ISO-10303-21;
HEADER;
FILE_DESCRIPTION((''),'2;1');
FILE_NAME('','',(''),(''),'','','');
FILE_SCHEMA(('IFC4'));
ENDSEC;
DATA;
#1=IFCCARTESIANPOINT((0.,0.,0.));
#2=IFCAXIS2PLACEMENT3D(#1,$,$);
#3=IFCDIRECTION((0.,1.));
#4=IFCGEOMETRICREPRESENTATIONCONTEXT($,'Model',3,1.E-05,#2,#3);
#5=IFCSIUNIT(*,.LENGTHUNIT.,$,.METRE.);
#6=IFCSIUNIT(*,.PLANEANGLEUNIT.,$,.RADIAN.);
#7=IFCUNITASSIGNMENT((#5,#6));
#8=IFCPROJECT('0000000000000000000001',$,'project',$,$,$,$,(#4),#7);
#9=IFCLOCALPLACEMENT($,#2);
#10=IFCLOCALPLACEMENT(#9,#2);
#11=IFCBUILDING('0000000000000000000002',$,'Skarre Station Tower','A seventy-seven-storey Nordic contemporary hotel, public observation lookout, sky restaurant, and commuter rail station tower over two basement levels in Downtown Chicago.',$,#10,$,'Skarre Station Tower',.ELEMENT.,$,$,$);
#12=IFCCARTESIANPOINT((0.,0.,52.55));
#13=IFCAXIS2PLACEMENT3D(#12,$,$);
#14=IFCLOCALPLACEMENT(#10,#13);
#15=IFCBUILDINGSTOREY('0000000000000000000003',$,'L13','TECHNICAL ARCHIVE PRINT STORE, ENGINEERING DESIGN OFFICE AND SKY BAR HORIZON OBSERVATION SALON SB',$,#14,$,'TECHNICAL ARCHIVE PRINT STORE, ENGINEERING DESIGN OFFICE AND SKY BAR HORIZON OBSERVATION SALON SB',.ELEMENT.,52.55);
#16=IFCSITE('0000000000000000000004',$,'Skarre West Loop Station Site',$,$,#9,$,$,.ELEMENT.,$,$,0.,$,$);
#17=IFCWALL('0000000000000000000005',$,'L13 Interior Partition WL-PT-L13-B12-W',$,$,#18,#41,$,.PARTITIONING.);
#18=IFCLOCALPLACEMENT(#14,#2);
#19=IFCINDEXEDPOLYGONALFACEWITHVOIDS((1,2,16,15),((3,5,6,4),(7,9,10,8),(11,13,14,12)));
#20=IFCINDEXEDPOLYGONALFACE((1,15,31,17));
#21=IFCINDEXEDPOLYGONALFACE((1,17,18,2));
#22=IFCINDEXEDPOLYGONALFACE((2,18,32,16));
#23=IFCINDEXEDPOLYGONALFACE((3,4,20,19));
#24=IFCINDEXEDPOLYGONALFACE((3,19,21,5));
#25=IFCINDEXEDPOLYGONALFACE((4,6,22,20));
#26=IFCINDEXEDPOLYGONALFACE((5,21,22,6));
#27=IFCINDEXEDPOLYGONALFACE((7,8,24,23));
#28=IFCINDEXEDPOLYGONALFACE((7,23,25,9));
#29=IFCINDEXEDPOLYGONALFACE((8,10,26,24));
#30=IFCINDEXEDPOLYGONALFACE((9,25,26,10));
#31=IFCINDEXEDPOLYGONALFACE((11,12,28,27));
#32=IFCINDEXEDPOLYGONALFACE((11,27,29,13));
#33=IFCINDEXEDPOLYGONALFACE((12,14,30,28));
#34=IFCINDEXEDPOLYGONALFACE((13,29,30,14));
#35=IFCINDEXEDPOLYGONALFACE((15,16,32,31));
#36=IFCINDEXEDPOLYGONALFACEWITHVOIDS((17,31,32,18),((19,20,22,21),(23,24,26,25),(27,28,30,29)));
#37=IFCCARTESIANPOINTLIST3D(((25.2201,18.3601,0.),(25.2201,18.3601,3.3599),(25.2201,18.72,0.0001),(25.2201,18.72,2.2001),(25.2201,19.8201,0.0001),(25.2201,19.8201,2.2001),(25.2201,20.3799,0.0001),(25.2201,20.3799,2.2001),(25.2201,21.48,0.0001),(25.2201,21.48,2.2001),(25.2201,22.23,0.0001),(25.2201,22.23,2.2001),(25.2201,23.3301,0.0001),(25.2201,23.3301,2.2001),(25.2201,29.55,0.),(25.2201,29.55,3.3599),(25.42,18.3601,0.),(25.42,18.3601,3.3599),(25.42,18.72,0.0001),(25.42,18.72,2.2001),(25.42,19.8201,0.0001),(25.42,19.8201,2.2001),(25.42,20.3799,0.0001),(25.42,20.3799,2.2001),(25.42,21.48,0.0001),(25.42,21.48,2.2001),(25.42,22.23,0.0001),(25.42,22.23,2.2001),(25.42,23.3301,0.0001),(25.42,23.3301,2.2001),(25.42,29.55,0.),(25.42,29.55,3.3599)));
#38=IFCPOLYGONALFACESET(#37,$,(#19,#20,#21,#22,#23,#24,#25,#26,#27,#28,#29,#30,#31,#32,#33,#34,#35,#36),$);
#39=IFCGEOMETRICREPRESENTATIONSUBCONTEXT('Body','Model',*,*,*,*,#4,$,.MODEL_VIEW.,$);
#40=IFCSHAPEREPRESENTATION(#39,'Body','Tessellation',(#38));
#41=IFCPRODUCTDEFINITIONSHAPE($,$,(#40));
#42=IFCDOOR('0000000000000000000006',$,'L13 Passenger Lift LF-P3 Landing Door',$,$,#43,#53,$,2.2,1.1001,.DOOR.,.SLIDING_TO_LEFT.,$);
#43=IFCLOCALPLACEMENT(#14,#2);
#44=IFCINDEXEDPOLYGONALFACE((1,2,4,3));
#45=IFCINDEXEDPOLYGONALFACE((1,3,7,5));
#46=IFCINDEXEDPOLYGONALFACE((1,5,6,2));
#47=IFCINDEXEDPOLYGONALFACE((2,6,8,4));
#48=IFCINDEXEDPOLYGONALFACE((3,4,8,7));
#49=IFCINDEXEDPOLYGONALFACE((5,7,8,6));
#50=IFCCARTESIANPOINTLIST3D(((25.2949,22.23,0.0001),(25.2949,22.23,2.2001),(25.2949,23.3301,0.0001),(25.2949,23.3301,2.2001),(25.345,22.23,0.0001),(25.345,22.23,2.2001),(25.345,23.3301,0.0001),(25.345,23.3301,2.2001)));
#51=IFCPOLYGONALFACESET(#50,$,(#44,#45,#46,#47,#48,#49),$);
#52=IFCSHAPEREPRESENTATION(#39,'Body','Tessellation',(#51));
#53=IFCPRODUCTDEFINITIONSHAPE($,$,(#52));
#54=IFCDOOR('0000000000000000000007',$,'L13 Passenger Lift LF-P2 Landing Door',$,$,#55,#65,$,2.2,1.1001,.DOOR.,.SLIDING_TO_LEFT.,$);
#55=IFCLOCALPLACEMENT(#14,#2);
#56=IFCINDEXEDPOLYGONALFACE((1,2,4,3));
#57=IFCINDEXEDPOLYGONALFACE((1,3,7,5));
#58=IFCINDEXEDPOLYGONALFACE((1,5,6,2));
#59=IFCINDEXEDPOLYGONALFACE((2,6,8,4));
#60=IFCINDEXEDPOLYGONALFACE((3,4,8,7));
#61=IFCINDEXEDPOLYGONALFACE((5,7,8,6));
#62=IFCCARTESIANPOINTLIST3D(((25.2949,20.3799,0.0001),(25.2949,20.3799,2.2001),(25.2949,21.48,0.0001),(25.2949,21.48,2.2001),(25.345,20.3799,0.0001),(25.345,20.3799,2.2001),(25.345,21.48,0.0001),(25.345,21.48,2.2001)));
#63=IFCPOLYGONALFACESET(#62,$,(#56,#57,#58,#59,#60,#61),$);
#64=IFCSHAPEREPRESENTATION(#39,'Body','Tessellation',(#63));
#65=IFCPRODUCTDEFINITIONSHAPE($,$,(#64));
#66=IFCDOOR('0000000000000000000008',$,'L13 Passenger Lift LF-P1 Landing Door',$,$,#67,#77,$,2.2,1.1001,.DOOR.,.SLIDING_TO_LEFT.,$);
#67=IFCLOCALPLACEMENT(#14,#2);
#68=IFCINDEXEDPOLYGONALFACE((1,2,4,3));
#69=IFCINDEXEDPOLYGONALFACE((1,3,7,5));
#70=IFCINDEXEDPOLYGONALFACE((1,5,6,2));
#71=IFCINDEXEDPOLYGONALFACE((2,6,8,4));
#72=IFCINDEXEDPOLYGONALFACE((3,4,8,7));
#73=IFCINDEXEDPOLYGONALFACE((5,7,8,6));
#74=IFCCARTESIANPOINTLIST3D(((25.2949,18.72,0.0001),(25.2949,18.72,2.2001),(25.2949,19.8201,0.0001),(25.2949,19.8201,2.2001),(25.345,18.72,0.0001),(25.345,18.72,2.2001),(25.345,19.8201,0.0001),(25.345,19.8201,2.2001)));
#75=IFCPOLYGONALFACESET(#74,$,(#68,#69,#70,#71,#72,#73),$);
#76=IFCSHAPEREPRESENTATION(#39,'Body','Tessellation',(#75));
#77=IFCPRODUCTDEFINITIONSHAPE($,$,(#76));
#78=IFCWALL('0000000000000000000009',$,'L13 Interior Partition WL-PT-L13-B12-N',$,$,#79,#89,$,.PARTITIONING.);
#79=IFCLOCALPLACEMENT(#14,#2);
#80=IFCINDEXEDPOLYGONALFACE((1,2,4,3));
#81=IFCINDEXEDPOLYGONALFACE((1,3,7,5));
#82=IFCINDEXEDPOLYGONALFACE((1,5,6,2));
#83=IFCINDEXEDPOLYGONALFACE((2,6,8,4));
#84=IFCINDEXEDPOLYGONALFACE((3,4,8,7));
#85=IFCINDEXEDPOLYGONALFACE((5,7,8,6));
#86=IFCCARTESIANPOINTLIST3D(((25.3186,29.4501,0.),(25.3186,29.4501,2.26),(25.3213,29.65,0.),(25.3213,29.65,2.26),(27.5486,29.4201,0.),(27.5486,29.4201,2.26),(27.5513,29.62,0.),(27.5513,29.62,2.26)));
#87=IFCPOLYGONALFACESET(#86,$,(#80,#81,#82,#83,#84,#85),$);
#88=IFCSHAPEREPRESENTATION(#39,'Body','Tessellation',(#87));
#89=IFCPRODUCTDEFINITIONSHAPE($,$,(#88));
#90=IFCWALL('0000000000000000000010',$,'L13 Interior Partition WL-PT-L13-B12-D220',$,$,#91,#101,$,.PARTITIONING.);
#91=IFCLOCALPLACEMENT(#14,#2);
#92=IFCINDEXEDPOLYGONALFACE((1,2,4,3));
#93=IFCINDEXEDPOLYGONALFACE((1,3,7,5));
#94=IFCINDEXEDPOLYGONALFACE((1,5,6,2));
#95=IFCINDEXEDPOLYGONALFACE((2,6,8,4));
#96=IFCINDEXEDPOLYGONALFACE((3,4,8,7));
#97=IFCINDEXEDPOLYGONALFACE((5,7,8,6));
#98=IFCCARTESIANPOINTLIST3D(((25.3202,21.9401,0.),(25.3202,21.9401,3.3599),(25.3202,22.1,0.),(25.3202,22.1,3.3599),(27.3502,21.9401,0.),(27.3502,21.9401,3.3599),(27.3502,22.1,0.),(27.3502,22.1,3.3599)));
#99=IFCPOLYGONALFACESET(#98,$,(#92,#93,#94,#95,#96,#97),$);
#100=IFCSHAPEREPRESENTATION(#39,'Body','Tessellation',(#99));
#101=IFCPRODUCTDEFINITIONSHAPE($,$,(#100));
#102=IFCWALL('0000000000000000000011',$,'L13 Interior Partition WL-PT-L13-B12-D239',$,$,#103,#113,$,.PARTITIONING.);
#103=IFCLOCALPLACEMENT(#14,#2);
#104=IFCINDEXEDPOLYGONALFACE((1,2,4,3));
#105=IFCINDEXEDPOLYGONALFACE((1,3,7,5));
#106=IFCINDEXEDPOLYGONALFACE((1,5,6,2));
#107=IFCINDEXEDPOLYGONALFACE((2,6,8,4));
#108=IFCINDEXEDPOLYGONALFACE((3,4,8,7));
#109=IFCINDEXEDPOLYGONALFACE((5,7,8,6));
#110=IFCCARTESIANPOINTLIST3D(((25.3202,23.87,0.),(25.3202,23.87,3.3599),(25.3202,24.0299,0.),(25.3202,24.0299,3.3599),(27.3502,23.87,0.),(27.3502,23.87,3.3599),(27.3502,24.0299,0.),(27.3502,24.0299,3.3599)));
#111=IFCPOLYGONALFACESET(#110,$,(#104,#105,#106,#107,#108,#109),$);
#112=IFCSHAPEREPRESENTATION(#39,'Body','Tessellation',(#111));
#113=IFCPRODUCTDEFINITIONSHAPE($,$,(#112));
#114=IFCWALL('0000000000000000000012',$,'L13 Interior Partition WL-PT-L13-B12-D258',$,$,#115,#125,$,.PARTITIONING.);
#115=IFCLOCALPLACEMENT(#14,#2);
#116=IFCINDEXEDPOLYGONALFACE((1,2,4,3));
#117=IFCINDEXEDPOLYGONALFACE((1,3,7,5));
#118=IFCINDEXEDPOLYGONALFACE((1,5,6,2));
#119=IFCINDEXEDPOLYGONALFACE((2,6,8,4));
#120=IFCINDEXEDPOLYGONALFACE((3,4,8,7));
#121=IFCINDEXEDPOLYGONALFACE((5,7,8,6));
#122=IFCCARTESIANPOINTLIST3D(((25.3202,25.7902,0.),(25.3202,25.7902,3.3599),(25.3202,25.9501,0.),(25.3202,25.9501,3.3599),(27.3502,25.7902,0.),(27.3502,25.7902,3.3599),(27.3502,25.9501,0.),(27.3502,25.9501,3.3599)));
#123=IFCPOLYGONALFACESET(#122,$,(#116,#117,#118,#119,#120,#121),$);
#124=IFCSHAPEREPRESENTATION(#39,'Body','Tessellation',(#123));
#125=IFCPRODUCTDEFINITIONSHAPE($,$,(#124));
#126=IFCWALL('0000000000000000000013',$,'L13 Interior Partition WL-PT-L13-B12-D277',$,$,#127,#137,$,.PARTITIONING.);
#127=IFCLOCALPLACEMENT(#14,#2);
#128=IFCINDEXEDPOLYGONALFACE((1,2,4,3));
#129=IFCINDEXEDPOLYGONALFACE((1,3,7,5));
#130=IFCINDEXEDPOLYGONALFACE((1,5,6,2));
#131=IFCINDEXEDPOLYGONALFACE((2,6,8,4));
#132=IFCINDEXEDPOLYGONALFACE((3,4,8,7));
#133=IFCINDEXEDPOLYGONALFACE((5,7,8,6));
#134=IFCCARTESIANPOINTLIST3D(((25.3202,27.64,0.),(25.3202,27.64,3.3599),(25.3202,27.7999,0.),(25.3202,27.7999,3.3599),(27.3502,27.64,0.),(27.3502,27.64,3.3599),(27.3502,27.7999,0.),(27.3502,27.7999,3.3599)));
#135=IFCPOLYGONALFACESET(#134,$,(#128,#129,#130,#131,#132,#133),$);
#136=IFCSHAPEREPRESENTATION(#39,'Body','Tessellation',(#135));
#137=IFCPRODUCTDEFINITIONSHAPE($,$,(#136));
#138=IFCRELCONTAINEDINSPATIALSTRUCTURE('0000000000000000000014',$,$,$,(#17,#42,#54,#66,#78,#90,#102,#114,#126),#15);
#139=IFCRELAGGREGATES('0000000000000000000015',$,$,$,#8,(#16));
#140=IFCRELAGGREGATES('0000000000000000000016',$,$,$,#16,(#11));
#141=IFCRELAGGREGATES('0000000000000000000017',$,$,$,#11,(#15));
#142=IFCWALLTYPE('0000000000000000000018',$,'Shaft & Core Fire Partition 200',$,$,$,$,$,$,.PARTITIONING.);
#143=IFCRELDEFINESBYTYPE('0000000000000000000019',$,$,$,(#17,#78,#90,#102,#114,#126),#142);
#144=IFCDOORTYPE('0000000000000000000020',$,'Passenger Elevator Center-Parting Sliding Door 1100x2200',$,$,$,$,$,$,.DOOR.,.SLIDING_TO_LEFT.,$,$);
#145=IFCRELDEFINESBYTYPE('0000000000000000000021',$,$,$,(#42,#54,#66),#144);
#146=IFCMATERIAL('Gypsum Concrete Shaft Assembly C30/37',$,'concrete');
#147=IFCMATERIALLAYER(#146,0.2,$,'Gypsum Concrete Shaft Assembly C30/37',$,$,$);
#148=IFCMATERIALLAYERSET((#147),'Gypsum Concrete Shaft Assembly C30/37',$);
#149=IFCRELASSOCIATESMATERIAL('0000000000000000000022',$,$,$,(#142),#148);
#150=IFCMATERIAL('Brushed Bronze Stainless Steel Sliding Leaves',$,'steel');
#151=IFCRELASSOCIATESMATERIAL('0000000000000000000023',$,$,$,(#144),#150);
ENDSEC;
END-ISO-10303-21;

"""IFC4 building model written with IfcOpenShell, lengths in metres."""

from ifc_helpers import new_model, si_unit, direction, frame, frame_2d, origin, place, context, subcontext, project, spatial, rectangle, extrude, material, layer, layer_set, type_object, element, fill, save


model = new_model("IFC4")

# Units and contexts
model_context = context("Model", 3, precision=1e-05, world=origin(), true_north=direction((0.0, 1.0)))
body_context = subcontext(model_context, "Body", "Model", "MODEL_VIEW")
ifc_project = project(units=[si_unit("LENGTHUNIT", "METRE"), si_unit("PLANEANGLEUNIT", "RADIAN")], contexts=[model_context])

# Site, building, storey
site_placement = place(None, origin())
site = spatial("IfcSite", under=ifc_project, at=site_placement, Name="Skarre West Loop Station Site", CompositionType="ELEMENT", RefElevation=0.0)
building_placement = place(site_placement, origin())
building = spatial("IfcBuilding", under=site, at=building_placement, Name="Skarre Station Tower", Description="A seventy-seven-storey Nordic contemporary hotel, public observation lookout, sky restaurant, and commuter rail station tower over two basement levels in Downtown Chicago.", LongName="Skarre Station Tower", CompositionType="ELEMENT")
storey_placement = place(building_placement, frame((0.0, 0.0, 52.55)))
storey = spatial("IfcBuildingStorey", under=building, at=storey_placement, Name="L13", Description="TECHNICAL ARCHIVE PRINT STORE, ENGINEERING DESIGN OFFICE AND SKY BAR HORIZON OBSERVATION SALON SB", LongName="TECHNICAL ARCHIVE PRINT STORE, ENGINEERING DESIGN OFFICE AND SKY BAR HORIZON OBSERVATION SALON SB", CompositionType="ELEMENT", Elevation=52.55)

# Shared definitions
ifc_material_1 = material(Name="Gypsum Concrete Shaft Assembly C30/37", Category="concrete")
ifc_layer_1 = layer(ifc_material_1, 0.2, Name="Gypsum Concrete Shaft Assembly C30/37")
ifc_layer_set_1 = layer_set([ifc_layer_1], Name="Gypsum Concrete Shaft Assembly C30/37")
wall_type_1 = type_object("IfcWallType", Name="Shaft & Core Fire Partition 200", PredefinedType="PARTITIONING", material=ifc_layer_set_1)

# Wall, openings, doors
wall_1_placement = place(storey_placement, frame((25.3201, 29.55, 0.0), z_axis=(0.0, 0.0, 1.0), x_axis=(0.0, -1.0, 0.0)))
wall_1 = element("IfcWall", 1, at=wall_1_placement, inside=storey, type_object=wall_type_1, Name="L13 Interior Partition WL-PT-L13-B12-W", PredefinedType="PARTITIONING", context=body_context, shape_type="SweptSolid", body=[
    extrude(rectangle(XDim=11.1899, YDim=0.2, at=frame_2d((5.595, 0.0))), origin(), (0.0, 0.0, 1.0), 3.3599),
])
opening_1_placement = place(wall_1_placement, frame((6.22, 0.0, 0.0)))
opening_1 = element("IfcOpeningElement", 2, at=opening_1_placement, cuts=wall_1, PredefinedType="OPENING", context=body_context, shape_type="SweptSolid", body=[
    extrude(rectangle(XDim=1.1001, YDim=2.2, at=frame_2d((0.55, 1.1001))), frame((0.0, 0.1099, 0.0), z_axis=(0.0, -1.0, 0.0), x_axis=(1.0, 0.0, 0.0)), (0.0, 0.0, 1.0), 0.22),
])
opening_2_placement = place(wall_1_placement, frame((8.0701, 0.0, 0.0)))
opening_2 = element("IfcOpeningElement", 3, at=opening_2_placement, cuts=wall_1, PredefinedType="OPENING", context=body_context, shape_type="SweptSolid", body=[
    extrude(rectangle(XDim=1.1001, YDim=2.2, at=frame_2d((0.55, 1.1001))), frame((0.0, 0.1099, 0.0), z_axis=(0.0, -1.0, 0.0), x_axis=(1.0, 0.0, 0.0)), (0.0, 0.0, 1.0), 0.22),
])
opening_3_placement = place(wall_1_placement, frame((9.73, 0.0, 0.0)))
opening_3 = element("IfcOpeningElement", 4, at=opening_3_placement, cuts=wall_1, PredefinedType="OPENING", context=body_context, shape_type="SweptSolid", body=[
    extrude(rectangle(XDim=1.1001, YDim=2.2, at=frame_2d((0.55, 1.1001))), frame((0.0, 0.1099, 0.0), z_axis=(0.0, -1.0, 0.0), x_axis=(1.0, 0.0, 0.0)), (0.0, 0.0, 1.0), 0.22),
])
ifc_material_2 = material(Name="Brushed Bronze Stainless Steel Sliding Leaves", Category="steel")
door_type_1 = type_object("IfcDoorType", Name="Passenger Elevator Center-Parting Sliding Door 1100x2200", OperationType="SLIDING_TO_LEFT", PredefinedType="DOOR", material=ifc_material_2)
door_1_placement = place(opening_1_placement, origin())
door_1 = element("IfcDoor", 5, at=door_1_placement, inside=storey, type_object=door_type_1, Name="L13 Passenger Lift LF-P3 Landing Door", OperationType="SLIDING_TO_LEFT", OverallHeight=2.2, OverallWidth=1.1001, PredefinedType="DOOR", context=body_context, shape_type="SweptSolid", body=[
    extrude(rectangle(XDim=1.1001, YDim=2.2, at=frame_2d((0.55, 1.1001))), frame((0.0, 0.0249, 0.0), z_axis=(0.0, -1.0, 0.0), x_axis=(1.0, 0.0, 0.0)), (0.0, 0.0, 1.0), 0.05),
])
fill(opening_1, door_1)
door_2_placement = place(opening_2_placement, origin())
door_2 = element("IfcDoor", 6, at=door_2_placement, inside=storey, type_object=door_type_1, Name="L13 Passenger Lift LF-P2 Landing Door", OperationType="SLIDING_TO_LEFT", OverallHeight=2.2, OverallWidth=1.1001, PredefinedType="DOOR", context=body_context, shape_type="SweptSolid", body=[
    extrude(rectangle(XDim=1.1001, YDim=2.2, at=frame_2d((0.55, 1.1001))), frame((0.0, 0.0249, 0.0), z_axis=(0.0, -1.0, 0.0), x_axis=(1.0, 0.0, 0.0)), (0.0, 0.0, 1.0), 0.05),
])
fill(opening_2, door_2)
door_3_placement = place(opening_3_placement, origin())
door_3 = element("IfcDoor", 7, at=door_3_placement, inside=storey, type_object=door_type_1, Name="L13 Passenger Lift LF-P1 Landing Door", OperationType="SLIDING_TO_LEFT", OverallHeight=2.2, OverallWidth=1.1001, PredefinedType="DOOR", context=body_context, shape_type="SweptSolid", body=[
    extrude(rectangle(XDim=1.1001, YDim=2.2, at=frame_2d((0.55, 1.1001))), frame((0.0, 0.0249, 0.0), z_axis=(0.0, -1.0, 0.0), x_axis=(1.0, 0.0, 0.0)), (0.0, 0.0, 1.0), 0.05),
])
fill(opening_3, door_3)

# Walls
wall_2_placement = place(storey_placement, frame((27.55, 29.52, 0.0), z_axis=(0.0, 0.0, 1.0), x_axis=(-0.999909, 0.013465, 0.0)))
element("IfcWall", 8, at=wall_2_placement, inside=storey, type_object=wall_type_1, Name="L13 Interior Partition WL-PT-L13-B12-N", PredefinedType="PARTITIONING", context=body_context, shape_type="SweptSolid", body=[
    extrude(rectangle(XDim=2.2302, YDim=0.2, at=frame_2d((1.1152, 0.0))), origin(), (0.0, 0.0, 1.0), 2.26),
])
for number, where, z_axis, x_axis, name in (
    (9, (25.3201, 22.02, 0.0), (0.0, 0.0, 1.0), (1.0, 0.0, 0.0), "L13 Interior Partition WL-PT-L13-B12-D220"),
    (10, (25.3201, 23.95, 0.0), (0.0, 0.0, 1.0), (1.0, 0.0, 0.0), "L13 Interior Partition WL-PT-L13-B12-D239"),
    (11, (25.3201, 25.8701, 0.0), (0.0, 0.0, 1.0), (1.0, 0.0, 0.0), "L13 Interior Partition WL-PT-L13-B12-D258"),
    (12, (25.3201, 27.72, 0.0), (0.0, 0.0, 1.0), (1.0, 0.0, 0.0), "L13 Interior Partition WL-PT-L13-B12-D277"),
):
    element("IfcWall", number, at=place(storey_placement, frame(where, z_axis=z_axis, x_axis=x_axis)), inside=storey, type_object=wall_type_1, Name=name, PredefinedType="PARTITIONING", context=body_context, shape_type="SweptSolid", body=[
        extrude(rectangle(XDim=2.03, YDim=0.1599, at=frame_2d((1.0151, 0.0))), origin(), (0.0, 0.0, 1.0), 3.3599),
    ])

save(model, "model.ifc")
